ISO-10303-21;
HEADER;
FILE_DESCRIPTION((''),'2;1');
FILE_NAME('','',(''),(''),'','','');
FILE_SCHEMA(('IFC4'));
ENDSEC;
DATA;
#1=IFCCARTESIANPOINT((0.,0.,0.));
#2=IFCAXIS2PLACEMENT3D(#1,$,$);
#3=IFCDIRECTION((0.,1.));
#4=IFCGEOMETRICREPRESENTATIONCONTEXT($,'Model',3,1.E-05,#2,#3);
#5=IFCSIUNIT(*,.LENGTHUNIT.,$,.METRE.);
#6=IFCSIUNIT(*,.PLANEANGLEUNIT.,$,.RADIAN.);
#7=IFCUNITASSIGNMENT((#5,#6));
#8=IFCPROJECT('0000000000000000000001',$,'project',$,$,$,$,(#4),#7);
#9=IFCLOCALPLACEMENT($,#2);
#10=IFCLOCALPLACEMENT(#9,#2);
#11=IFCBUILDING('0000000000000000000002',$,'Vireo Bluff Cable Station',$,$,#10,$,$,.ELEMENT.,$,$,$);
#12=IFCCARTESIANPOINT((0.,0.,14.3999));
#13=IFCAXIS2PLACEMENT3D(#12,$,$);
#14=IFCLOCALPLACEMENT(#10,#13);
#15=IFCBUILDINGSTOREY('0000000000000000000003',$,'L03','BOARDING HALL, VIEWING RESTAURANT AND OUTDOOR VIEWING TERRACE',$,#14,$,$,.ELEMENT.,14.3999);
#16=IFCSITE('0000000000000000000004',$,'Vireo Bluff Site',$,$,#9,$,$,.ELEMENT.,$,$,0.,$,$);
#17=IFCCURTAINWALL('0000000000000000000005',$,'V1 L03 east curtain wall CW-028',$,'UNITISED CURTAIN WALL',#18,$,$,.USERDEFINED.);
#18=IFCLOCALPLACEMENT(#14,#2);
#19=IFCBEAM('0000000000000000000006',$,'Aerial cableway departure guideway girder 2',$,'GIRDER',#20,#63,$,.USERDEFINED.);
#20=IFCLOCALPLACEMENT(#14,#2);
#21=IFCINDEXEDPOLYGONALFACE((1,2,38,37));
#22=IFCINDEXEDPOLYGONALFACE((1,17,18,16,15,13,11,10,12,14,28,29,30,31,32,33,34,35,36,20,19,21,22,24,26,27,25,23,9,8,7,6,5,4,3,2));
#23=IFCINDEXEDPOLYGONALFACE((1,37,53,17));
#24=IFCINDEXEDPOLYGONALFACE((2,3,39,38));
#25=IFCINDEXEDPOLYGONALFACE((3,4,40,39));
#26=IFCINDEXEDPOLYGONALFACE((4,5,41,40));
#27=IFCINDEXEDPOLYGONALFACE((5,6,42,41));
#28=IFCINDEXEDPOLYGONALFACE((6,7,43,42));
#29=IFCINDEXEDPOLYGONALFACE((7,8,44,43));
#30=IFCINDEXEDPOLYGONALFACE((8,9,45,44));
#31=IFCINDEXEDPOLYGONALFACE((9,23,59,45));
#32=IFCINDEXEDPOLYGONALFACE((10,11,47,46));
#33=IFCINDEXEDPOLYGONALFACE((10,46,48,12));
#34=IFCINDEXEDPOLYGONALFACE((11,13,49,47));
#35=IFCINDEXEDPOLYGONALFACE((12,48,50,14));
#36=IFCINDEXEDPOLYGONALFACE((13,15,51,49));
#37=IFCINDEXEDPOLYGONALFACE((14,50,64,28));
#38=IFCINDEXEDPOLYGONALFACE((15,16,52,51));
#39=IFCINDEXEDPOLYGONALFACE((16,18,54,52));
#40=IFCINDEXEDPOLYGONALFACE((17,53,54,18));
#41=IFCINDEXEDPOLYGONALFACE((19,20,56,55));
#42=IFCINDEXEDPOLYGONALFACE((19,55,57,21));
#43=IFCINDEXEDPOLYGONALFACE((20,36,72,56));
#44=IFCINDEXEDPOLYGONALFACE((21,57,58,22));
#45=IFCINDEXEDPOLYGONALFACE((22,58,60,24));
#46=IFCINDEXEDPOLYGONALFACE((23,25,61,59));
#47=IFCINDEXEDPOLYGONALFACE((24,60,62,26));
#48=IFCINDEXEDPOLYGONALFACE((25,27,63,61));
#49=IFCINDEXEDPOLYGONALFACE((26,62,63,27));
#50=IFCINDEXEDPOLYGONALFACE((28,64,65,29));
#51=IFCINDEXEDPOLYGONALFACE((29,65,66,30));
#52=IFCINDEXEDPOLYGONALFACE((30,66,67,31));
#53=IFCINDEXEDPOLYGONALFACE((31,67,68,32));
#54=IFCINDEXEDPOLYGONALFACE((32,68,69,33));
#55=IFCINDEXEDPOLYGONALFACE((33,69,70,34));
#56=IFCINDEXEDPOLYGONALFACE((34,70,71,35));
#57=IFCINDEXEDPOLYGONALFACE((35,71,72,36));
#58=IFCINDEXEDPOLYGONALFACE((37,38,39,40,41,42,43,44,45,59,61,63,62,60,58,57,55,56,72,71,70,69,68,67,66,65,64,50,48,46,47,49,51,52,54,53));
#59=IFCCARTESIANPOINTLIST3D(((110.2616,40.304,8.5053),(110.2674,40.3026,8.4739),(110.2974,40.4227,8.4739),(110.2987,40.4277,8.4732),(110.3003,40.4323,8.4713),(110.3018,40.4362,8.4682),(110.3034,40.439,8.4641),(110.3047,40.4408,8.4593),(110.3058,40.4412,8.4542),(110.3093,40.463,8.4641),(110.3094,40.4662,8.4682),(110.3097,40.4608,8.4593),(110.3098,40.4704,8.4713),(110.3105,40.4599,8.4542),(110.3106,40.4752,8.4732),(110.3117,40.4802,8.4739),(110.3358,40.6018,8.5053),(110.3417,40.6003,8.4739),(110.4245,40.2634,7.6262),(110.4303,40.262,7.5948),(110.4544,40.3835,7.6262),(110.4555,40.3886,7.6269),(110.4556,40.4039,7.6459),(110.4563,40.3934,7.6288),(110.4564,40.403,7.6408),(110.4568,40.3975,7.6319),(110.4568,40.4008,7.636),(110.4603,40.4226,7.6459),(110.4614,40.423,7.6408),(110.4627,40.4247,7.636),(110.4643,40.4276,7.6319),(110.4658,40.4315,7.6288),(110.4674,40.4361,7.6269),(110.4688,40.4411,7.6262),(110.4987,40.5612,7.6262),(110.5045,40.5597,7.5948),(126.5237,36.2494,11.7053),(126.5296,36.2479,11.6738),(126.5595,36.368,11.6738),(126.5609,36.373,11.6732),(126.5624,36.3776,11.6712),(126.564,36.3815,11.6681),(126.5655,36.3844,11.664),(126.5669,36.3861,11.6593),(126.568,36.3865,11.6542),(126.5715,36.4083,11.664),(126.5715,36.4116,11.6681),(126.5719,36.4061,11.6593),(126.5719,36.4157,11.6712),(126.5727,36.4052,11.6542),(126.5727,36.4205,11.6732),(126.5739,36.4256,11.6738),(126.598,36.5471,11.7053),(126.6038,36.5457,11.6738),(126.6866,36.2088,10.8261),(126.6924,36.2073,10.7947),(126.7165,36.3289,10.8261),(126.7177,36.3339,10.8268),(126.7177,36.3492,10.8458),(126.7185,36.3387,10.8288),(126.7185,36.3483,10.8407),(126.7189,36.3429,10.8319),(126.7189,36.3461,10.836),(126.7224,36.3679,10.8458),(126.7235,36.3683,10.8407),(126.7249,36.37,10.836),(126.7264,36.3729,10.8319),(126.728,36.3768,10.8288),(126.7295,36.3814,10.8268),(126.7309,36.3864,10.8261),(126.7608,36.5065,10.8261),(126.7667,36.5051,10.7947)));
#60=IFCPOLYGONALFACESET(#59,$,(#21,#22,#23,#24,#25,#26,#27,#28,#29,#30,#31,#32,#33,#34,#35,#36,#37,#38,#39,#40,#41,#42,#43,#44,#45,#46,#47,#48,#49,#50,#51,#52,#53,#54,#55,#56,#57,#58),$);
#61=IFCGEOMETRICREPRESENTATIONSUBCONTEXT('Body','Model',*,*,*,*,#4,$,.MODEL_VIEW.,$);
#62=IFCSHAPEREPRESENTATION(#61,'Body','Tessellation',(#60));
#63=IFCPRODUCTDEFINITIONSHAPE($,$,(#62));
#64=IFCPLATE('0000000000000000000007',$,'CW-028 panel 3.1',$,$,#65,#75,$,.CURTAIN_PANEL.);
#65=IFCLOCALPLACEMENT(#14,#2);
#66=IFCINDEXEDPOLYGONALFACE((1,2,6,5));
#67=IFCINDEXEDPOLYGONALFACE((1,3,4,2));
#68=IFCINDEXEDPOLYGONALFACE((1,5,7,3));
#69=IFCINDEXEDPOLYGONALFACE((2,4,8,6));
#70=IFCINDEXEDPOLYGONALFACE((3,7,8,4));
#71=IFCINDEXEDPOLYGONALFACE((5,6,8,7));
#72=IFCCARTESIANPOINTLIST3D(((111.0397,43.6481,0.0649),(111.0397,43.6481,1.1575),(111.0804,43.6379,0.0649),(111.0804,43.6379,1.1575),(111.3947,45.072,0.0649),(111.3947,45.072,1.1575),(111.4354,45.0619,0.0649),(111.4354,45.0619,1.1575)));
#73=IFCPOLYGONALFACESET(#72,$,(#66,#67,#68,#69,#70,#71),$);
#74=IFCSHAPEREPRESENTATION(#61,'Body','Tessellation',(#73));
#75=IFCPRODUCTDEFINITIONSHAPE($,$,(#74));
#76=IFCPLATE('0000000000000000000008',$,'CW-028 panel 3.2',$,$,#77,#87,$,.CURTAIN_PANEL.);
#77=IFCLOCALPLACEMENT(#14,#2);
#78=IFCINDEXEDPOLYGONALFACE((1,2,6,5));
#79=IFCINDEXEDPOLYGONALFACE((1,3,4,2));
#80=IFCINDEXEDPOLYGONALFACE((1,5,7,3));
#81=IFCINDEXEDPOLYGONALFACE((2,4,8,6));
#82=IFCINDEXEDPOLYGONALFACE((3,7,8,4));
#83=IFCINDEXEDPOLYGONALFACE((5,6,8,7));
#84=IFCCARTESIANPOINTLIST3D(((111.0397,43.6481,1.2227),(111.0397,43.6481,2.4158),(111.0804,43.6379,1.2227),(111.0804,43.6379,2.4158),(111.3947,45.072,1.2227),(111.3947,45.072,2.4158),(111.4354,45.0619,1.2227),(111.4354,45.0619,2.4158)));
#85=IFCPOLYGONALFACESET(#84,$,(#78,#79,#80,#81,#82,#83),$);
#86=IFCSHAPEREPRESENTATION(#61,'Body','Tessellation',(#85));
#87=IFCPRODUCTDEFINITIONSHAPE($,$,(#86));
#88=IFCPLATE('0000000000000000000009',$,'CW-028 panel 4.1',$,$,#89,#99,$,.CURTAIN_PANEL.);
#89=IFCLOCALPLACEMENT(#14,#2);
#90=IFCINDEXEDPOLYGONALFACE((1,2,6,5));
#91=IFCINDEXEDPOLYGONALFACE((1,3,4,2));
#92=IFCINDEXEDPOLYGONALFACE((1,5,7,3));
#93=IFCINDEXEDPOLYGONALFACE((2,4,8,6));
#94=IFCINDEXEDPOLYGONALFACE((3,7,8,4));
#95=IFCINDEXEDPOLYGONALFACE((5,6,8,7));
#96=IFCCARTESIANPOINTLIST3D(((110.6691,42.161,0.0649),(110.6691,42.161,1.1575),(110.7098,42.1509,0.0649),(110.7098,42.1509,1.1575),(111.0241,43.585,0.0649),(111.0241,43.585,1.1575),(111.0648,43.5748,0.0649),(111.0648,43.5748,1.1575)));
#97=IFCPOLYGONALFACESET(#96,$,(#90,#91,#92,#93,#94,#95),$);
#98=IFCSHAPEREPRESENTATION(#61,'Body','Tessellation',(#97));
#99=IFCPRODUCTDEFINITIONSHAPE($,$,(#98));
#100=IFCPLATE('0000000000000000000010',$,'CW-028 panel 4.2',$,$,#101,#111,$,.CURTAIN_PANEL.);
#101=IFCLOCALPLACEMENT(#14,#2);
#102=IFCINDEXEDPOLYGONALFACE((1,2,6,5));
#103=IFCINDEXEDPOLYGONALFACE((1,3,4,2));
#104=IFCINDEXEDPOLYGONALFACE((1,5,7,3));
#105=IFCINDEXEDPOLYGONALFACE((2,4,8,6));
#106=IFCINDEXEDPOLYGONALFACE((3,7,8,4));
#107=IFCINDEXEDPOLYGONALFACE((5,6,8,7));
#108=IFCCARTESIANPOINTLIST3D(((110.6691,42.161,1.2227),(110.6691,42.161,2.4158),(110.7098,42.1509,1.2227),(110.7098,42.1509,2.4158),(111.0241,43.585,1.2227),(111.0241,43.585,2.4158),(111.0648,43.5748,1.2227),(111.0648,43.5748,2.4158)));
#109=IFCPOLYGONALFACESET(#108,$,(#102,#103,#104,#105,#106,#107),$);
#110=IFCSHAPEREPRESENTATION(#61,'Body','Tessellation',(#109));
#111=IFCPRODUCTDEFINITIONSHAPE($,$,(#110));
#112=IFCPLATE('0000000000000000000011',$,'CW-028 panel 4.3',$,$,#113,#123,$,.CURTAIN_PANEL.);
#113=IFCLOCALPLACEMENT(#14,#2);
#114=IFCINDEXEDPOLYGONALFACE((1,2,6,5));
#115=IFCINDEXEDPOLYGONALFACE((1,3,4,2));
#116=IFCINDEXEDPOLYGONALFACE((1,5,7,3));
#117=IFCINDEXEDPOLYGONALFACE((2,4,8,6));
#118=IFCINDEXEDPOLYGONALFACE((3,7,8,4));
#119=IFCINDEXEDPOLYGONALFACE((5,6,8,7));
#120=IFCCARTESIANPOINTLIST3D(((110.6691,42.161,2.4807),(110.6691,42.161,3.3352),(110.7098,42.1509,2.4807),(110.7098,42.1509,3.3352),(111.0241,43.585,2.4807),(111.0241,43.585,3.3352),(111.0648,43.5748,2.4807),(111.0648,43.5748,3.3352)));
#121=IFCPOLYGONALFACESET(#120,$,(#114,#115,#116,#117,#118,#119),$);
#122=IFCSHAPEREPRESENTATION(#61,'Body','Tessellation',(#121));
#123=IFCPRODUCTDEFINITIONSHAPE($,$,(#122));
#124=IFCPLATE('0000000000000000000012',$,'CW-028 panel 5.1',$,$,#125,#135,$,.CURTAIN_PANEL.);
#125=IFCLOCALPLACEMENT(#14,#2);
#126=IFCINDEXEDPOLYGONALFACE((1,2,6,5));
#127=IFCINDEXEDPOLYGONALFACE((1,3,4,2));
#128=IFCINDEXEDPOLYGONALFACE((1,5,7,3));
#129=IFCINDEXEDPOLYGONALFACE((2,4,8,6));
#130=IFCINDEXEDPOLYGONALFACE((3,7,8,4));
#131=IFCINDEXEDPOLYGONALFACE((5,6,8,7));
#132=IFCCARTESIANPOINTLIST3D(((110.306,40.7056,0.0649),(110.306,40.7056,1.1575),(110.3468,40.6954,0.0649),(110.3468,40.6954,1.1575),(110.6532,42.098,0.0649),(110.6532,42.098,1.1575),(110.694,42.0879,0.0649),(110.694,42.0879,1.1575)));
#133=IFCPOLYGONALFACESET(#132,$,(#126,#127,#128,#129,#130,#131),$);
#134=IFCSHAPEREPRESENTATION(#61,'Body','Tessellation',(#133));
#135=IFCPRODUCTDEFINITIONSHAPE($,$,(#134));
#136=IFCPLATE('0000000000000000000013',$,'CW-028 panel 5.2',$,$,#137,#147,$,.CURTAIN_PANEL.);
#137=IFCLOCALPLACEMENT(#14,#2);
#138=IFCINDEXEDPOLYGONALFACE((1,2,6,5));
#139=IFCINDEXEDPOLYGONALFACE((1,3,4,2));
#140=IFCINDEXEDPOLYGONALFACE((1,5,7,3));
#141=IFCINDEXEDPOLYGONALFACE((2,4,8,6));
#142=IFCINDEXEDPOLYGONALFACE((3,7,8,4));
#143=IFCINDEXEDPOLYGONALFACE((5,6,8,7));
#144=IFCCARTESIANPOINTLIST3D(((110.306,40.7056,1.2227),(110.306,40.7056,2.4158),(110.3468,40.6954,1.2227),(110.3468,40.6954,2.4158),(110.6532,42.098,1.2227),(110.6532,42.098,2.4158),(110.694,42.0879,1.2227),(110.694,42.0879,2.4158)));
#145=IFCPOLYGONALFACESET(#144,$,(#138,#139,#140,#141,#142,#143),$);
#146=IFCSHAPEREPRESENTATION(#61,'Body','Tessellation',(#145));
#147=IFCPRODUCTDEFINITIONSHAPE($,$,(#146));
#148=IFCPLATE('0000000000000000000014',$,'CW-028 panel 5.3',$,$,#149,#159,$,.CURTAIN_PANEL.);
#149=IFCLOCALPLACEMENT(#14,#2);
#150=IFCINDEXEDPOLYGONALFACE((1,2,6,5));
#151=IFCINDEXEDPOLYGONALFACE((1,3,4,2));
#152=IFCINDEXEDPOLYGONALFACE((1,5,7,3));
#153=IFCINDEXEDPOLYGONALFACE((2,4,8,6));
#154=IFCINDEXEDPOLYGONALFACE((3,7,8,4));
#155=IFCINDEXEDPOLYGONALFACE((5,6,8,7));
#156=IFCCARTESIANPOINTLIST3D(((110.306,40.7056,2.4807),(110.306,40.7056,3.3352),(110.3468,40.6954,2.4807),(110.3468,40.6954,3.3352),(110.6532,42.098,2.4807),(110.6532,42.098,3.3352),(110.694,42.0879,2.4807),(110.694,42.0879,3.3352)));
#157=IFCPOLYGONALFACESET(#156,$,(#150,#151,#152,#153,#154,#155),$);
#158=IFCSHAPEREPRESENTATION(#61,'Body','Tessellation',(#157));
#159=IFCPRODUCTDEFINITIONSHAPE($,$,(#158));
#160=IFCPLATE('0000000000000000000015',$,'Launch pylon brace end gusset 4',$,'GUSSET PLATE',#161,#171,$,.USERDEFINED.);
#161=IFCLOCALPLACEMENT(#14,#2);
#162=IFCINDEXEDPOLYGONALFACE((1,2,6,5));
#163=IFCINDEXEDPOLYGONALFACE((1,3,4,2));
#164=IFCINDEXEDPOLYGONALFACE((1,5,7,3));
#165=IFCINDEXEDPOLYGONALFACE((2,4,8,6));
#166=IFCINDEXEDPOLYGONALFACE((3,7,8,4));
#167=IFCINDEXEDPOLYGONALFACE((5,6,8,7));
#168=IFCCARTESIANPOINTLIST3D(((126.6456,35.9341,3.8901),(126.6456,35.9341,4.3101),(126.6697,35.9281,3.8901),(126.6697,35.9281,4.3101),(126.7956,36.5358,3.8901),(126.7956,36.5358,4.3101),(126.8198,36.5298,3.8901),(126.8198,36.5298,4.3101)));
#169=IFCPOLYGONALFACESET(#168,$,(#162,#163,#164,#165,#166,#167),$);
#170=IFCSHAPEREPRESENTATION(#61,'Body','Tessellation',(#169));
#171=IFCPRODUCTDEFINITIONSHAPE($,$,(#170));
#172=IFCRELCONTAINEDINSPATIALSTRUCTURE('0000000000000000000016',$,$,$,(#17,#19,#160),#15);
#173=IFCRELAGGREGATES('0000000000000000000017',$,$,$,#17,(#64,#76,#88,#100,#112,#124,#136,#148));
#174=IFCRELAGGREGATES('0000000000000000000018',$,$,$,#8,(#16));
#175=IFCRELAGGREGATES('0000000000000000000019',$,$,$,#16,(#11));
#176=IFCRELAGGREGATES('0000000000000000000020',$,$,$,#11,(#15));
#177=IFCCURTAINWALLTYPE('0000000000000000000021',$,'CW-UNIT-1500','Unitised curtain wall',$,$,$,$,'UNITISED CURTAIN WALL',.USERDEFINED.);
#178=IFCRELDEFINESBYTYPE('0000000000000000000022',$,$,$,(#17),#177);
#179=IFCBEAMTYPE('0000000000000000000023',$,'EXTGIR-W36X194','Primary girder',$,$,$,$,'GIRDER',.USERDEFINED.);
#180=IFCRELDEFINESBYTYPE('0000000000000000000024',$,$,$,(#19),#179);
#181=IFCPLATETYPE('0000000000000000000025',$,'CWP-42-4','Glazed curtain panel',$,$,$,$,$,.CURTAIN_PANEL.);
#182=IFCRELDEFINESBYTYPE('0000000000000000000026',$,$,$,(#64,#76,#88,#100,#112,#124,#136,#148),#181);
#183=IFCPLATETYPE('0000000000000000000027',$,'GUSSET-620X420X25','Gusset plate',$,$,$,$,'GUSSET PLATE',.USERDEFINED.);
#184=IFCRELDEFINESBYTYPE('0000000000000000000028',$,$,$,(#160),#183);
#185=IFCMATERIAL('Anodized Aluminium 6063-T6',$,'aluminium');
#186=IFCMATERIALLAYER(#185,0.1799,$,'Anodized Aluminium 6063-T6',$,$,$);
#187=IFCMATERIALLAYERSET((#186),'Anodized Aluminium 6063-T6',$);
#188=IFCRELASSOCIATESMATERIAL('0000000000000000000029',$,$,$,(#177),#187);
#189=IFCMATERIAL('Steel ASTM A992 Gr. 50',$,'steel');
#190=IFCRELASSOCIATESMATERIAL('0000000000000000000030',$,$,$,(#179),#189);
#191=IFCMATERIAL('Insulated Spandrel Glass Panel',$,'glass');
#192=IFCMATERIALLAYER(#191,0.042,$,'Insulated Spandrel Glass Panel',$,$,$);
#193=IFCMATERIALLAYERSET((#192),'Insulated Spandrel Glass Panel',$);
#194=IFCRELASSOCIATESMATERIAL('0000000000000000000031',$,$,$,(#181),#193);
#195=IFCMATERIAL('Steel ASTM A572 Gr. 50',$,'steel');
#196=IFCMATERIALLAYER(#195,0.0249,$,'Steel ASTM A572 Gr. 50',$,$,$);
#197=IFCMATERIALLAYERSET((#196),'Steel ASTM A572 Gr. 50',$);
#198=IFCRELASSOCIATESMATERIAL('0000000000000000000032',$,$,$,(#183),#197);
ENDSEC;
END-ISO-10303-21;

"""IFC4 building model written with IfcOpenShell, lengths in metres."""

from ifc_helpers import new_model, si_unit, direction, frame, origin, origin_2d, place, context, subcontext, project, spatial, rectangle, i_section, extrude, material, layer, layer_set, material_profile, profile_set, type_object, element, aggregate, save


model = new_model("IFC4")

# Units and contexts
model_context = context("Model", 3, precision=1e-05, world=origin(), true_north=direction((0.0, 1.0)))
body_context = subcontext(model_context, "Body", "Model", "MODEL_VIEW")
ifc_project = project(units=[si_unit("LENGTHUNIT", "METRE"), si_unit("PLANEANGLEUNIT", "RADIAN")], contexts=[model_context])

# Site, building, storey
site_placement = place(None, origin())
site = spatial("IfcSite", under=ifc_project, at=site_placement, Name="Vireo Bluff Site", CompositionType="ELEMENT", RefElevation=0.0)
building_placement = place(site_placement, origin())
building = spatial("IfcBuilding", under=site, at=building_placement, Name="Vireo Bluff Cable Station", CompositionType="ELEMENT")
storey_placement = place(building_placement, frame((0.0, 0.0, 14.3999)))
storey = spatial("IfcBuildingStorey", under=building, at=storey_placement, Name="L03", Description="BOARDING HALL, VIEWING RESTAURANT AND OUTDOOR VIEWING TERRACE", CompositionType="ELEMENT", Elevation=14.3999)

# Curtain wall
ifc_material_1 = material(Name="Anodized Aluminium 6063-T6", Category="aluminium")
ifc_layer_1 = layer(ifc_material_1, 0.1799, Name="Anodized Aluminium 6063-T6")
ifc_layer_set_1 = layer_set([ifc_layer_1], Name="Anodized Aluminium 6063-T6")
curtain_wall_type_1 = type_object("IfcCurtainWallType", Name="CW-UNIT-1500", Description="Unitised curtain wall", ElementType="UNITISED CURTAIN WALL", PredefinedType="USERDEFINED", material=ifc_layer_set_1)
curtain_wall_1_placement = place(storey_placement, origin())
curtain_wall_1 = element("IfcCurtainWall", 1, at=curtain_wall_1_placement, inside=storey, type_object=curtain_wall_type_1, Name="V1 L03 east curtain wall CW-028", ObjectType="UNITISED CURTAIN WALL", PredefinedType="USERDEFINED")

# Beam
ifc_material_2 = material(Name="Steel ASTM A992 Gr. 50", Category="steel")
ifc_material_profile_1 = material_profile(ifc_material_2, i_section(OverallWidth=0.3069, OverallDepth=0.927, WebThickness=0.0193, FlangeThickness=0.032, FilletRadius=0.02, at=origin_2d()), Name="W36X194")
ifc_profile_set_1 = profile_set([ifc_material_profile_1], Name="Steel ASTM A992 Gr. 50")
beam_type = type_object("IfcBeamType", Name="EXTGIR-W36X194", Description="Primary girder", ElementType="GIRDER", PredefinedType="USERDEFINED", material=ifc_profile_set_1)
beam_placement = place(storey_placement, frame((110.3831, 40.4319, 8.05), z_axis=(0.953079, -0.237633, 0.187539), x_axis=(0.241925, 0.970295, 0.0)))
element("IfcBeam", 2, at=beam_placement, inside=storey, type_object=beam_type, Name="Aerial cableway departure guideway girder 2", ObjectType="GIRDER", PredefinedType="USERDEFINED", context=body_context, shape_type="SweptSolid", body=[
    extrude(i_section(OverallWidth=0.3069, OverallDepth=0.927, WebThickness=0.0193, FlangeThickness=0.032, FilletRadius=0.02, at=origin_2d()), origin(), (0.0, 0.0, 1.0), 17.0627),
])

# Plates
ifc_material_3 = material(Name="Insulated Spandrel Glass Panel", Category="glass")
ifc_layer_2 = layer(ifc_material_3, 0.042, Name="Insulated Spandrel Glass Panel")
ifc_layer_set_2 = layer_set([ifc_layer_2], Name="Insulated Spandrel Glass Panel")
plate_type_1 = type_object("IfcPlateType", Name="CWP-42-4", Description="Glazed curtain panel", PredefinedType="CURTAIN_PANEL", material=ifc_layer_set_2)
plate_1_placement = place(storey_placement, frame((111.2375, 44.355, 0.0649), z_axis=(0.0, 0.0, 1.0), x_axis=(-0.241922, -0.970296, 0.0)))
plate_1 = element("IfcPlate", 3, at=plate_1_placement, type_object=plate_type_1, Name="CW-028 panel 3.1", PredefinedType="CURTAIN_PANEL", context=body_context, shape_type="SweptSolid", body=[
    extrude(rectangle(XDim=1.4675, YDim=0.042, at=origin_2d()), origin(), (0.0, 0.0, 1.0), 1.0925),
])
plate_2_placement = place(storey_placement, frame((111.2375, 44.355, 1.2227), z_axis=(0.0, 0.0, 1.0), x_axis=(-0.241922, -0.970296, 0.0)))
plate_2 = element("IfcPlate", 4, at=plate_2_placement, type_object=plate_type_1, Name="CW-028 panel 3.2", PredefinedType="CURTAIN_PANEL", context=body_context, shape_type="SweptSolid", body=[
    extrude(rectangle(XDim=1.4675, YDim=0.042, at=origin_2d()), origin(), (0.0, 0.0, 1.0), 1.1931),
])
plate_3_placement = place(storey_placement, frame((110.8669, 42.8679, 0.0649), z_axis=(0.0, 0.0, 1.0), x_axis=(-0.241922, -0.970296, 0.0)))
plate_3 = element("IfcPlate", 5, at=plate_3_placement, type_object=plate_type_1, Name="CW-028 panel 4.1", PredefinedType="CURTAIN_PANEL", context=body_context, shape_type="SweptSolid", body=[
    extrude(rectangle(XDim=1.4675, YDim=0.042, at=origin_2d()), origin(), (0.0, 0.0, 1.0), 1.0925),
])
plate_4_placement = place(storey_placement, frame((110.8669, 42.8679, 1.2227), z_axis=(0.0, 0.0, 1.0), x_axis=(-0.241922, -0.970296, 0.0)))
plate_4 = element("IfcPlate", 6, at=plate_4_placement, type_object=plate_type_1, Name="CW-028 panel 4.2", PredefinedType="CURTAIN_PANEL", context=body_context, shape_type="SweptSolid", body=[
    extrude(rectangle(XDim=1.4675, YDim=0.042, at=origin_2d()), origin(), (0.0, 0.0, 1.0), 1.1931),
])
plate_5_placement = place(storey_placement, frame((110.8669, 42.8679, 2.4807), z_axis=(0.0, 0.0, 1.0), x_axis=(-0.241922, -0.970296, 0.0)))
plate_5 = element("IfcPlate", 7, at=plate_5_placement, type_object=plate_type_1, Name="CW-028 panel 4.3", PredefinedType="CURTAIN_PANEL", context=body_context, shape_type="SweptSolid", body=[
    extrude(rectangle(XDim=1.4675, YDim=0.042, at=origin_2d()), origin(), (0.0, 0.0, 1.0), 0.8545),
])
plate_6_placement = place(storey_placement, frame((110.5, 41.3967, 0.0649), z_axis=(0.0, 0.0, 1.0), x_axis=(-0.241922, -0.970296, 0.0)))
plate_6 = element("IfcPlate", 8, at=plate_6_placement, type_object=plate_type_1, Name="CW-028 panel 5.1", PredefinedType="CURTAIN_PANEL", context=body_context, shape_type="SweptSolid", body=[
    extrude(rectangle(XDim=1.4351, YDim=0.042, at=origin_2d()), origin(), (0.0, 0.0, 1.0), 1.0925),
])
plate_7_placement = place(storey_placement, frame((110.5, 41.3967, 1.2227), z_axis=(0.0, 0.0, 1.0), x_axis=(-0.241922, -0.970296, 0.0)))
plate_7 = element("IfcPlate", 9, at=plate_7_placement, type_object=plate_type_1, Name="CW-028 panel 5.2", PredefinedType="CURTAIN_PANEL", context=body_context, shape_type="SweptSolid", body=[
    extrude(rectangle(XDim=1.4351, YDim=0.042, at=origin_2d()), origin(), (0.0, 0.0, 1.0), 1.1931),
])
plate_8_placement = place(storey_placement, frame((110.5, 41.3967, 2.4807), z_axis=(0.0, 0.0, 1.0), x_axis=(-0.241922, -0.970296, 0.0)))
plate_8 = element("IfcPlate", 10, at=plate_8_placement, type_object=plate_type_1, Name="CW-028 panel 5.3", PredefinedType="CURTAIN_PANEL", context=body_context, shape_type="SweptSolid", body=[
    extrude(rectangle(XDim=1.4351, YDim=0.042, at=origin_2d()), origin(), (0.0, 0.0, 1.0), 0.8545),
])
aggregate(curtain_wall_1, [plate_1, plate_2, plate_3, plate_4, plate_5, plate_6, plate_7, plate_8])
ifc_material_4 = material(Name="Steel ASTM A572 Gr. 50", Category="steel")
ifc_layer_3 = layer(ifc_material_4, 0.0249, Name="Steel ASTM A572 Gr. 50")
ifc_layer_set_3 = layer_set([ifc_layer_3], Name="Steel ASTM A572 Gr. 50")
plate_type_2 = type_object("IfcPlateType", Name="GUSSET-620X420X25", Description="Gusset plate", ElementType="GUSSET PLATE", PredefinedType="USERDEFINED", material=ifc_layer_set_3)
plate_9_placement = place(storey_placement, frame((126.7327, 36.2319, 3.8901), z_axis=(0.0, 0.0, 1.0), x_axis=(0.970296, -0.241922, 0.0)))
element("IfcPlate", 11, at=plate_9_placement, inside=storey, type_object=plate_type_2, Name="Launch pylon brace end gusset 4", ObjectType="GUSSET PLATE", PredefinedType="USERDEFINED", context=body_context, shape_type="SweptSolid", body=[
    extrude(rectangle(XDim=0.0249, YDim=0.6201, at=origin_2d()), origin(), (0.0, 0.0, 1.0), 0.4199),
])

save(model, "model.ifc")
